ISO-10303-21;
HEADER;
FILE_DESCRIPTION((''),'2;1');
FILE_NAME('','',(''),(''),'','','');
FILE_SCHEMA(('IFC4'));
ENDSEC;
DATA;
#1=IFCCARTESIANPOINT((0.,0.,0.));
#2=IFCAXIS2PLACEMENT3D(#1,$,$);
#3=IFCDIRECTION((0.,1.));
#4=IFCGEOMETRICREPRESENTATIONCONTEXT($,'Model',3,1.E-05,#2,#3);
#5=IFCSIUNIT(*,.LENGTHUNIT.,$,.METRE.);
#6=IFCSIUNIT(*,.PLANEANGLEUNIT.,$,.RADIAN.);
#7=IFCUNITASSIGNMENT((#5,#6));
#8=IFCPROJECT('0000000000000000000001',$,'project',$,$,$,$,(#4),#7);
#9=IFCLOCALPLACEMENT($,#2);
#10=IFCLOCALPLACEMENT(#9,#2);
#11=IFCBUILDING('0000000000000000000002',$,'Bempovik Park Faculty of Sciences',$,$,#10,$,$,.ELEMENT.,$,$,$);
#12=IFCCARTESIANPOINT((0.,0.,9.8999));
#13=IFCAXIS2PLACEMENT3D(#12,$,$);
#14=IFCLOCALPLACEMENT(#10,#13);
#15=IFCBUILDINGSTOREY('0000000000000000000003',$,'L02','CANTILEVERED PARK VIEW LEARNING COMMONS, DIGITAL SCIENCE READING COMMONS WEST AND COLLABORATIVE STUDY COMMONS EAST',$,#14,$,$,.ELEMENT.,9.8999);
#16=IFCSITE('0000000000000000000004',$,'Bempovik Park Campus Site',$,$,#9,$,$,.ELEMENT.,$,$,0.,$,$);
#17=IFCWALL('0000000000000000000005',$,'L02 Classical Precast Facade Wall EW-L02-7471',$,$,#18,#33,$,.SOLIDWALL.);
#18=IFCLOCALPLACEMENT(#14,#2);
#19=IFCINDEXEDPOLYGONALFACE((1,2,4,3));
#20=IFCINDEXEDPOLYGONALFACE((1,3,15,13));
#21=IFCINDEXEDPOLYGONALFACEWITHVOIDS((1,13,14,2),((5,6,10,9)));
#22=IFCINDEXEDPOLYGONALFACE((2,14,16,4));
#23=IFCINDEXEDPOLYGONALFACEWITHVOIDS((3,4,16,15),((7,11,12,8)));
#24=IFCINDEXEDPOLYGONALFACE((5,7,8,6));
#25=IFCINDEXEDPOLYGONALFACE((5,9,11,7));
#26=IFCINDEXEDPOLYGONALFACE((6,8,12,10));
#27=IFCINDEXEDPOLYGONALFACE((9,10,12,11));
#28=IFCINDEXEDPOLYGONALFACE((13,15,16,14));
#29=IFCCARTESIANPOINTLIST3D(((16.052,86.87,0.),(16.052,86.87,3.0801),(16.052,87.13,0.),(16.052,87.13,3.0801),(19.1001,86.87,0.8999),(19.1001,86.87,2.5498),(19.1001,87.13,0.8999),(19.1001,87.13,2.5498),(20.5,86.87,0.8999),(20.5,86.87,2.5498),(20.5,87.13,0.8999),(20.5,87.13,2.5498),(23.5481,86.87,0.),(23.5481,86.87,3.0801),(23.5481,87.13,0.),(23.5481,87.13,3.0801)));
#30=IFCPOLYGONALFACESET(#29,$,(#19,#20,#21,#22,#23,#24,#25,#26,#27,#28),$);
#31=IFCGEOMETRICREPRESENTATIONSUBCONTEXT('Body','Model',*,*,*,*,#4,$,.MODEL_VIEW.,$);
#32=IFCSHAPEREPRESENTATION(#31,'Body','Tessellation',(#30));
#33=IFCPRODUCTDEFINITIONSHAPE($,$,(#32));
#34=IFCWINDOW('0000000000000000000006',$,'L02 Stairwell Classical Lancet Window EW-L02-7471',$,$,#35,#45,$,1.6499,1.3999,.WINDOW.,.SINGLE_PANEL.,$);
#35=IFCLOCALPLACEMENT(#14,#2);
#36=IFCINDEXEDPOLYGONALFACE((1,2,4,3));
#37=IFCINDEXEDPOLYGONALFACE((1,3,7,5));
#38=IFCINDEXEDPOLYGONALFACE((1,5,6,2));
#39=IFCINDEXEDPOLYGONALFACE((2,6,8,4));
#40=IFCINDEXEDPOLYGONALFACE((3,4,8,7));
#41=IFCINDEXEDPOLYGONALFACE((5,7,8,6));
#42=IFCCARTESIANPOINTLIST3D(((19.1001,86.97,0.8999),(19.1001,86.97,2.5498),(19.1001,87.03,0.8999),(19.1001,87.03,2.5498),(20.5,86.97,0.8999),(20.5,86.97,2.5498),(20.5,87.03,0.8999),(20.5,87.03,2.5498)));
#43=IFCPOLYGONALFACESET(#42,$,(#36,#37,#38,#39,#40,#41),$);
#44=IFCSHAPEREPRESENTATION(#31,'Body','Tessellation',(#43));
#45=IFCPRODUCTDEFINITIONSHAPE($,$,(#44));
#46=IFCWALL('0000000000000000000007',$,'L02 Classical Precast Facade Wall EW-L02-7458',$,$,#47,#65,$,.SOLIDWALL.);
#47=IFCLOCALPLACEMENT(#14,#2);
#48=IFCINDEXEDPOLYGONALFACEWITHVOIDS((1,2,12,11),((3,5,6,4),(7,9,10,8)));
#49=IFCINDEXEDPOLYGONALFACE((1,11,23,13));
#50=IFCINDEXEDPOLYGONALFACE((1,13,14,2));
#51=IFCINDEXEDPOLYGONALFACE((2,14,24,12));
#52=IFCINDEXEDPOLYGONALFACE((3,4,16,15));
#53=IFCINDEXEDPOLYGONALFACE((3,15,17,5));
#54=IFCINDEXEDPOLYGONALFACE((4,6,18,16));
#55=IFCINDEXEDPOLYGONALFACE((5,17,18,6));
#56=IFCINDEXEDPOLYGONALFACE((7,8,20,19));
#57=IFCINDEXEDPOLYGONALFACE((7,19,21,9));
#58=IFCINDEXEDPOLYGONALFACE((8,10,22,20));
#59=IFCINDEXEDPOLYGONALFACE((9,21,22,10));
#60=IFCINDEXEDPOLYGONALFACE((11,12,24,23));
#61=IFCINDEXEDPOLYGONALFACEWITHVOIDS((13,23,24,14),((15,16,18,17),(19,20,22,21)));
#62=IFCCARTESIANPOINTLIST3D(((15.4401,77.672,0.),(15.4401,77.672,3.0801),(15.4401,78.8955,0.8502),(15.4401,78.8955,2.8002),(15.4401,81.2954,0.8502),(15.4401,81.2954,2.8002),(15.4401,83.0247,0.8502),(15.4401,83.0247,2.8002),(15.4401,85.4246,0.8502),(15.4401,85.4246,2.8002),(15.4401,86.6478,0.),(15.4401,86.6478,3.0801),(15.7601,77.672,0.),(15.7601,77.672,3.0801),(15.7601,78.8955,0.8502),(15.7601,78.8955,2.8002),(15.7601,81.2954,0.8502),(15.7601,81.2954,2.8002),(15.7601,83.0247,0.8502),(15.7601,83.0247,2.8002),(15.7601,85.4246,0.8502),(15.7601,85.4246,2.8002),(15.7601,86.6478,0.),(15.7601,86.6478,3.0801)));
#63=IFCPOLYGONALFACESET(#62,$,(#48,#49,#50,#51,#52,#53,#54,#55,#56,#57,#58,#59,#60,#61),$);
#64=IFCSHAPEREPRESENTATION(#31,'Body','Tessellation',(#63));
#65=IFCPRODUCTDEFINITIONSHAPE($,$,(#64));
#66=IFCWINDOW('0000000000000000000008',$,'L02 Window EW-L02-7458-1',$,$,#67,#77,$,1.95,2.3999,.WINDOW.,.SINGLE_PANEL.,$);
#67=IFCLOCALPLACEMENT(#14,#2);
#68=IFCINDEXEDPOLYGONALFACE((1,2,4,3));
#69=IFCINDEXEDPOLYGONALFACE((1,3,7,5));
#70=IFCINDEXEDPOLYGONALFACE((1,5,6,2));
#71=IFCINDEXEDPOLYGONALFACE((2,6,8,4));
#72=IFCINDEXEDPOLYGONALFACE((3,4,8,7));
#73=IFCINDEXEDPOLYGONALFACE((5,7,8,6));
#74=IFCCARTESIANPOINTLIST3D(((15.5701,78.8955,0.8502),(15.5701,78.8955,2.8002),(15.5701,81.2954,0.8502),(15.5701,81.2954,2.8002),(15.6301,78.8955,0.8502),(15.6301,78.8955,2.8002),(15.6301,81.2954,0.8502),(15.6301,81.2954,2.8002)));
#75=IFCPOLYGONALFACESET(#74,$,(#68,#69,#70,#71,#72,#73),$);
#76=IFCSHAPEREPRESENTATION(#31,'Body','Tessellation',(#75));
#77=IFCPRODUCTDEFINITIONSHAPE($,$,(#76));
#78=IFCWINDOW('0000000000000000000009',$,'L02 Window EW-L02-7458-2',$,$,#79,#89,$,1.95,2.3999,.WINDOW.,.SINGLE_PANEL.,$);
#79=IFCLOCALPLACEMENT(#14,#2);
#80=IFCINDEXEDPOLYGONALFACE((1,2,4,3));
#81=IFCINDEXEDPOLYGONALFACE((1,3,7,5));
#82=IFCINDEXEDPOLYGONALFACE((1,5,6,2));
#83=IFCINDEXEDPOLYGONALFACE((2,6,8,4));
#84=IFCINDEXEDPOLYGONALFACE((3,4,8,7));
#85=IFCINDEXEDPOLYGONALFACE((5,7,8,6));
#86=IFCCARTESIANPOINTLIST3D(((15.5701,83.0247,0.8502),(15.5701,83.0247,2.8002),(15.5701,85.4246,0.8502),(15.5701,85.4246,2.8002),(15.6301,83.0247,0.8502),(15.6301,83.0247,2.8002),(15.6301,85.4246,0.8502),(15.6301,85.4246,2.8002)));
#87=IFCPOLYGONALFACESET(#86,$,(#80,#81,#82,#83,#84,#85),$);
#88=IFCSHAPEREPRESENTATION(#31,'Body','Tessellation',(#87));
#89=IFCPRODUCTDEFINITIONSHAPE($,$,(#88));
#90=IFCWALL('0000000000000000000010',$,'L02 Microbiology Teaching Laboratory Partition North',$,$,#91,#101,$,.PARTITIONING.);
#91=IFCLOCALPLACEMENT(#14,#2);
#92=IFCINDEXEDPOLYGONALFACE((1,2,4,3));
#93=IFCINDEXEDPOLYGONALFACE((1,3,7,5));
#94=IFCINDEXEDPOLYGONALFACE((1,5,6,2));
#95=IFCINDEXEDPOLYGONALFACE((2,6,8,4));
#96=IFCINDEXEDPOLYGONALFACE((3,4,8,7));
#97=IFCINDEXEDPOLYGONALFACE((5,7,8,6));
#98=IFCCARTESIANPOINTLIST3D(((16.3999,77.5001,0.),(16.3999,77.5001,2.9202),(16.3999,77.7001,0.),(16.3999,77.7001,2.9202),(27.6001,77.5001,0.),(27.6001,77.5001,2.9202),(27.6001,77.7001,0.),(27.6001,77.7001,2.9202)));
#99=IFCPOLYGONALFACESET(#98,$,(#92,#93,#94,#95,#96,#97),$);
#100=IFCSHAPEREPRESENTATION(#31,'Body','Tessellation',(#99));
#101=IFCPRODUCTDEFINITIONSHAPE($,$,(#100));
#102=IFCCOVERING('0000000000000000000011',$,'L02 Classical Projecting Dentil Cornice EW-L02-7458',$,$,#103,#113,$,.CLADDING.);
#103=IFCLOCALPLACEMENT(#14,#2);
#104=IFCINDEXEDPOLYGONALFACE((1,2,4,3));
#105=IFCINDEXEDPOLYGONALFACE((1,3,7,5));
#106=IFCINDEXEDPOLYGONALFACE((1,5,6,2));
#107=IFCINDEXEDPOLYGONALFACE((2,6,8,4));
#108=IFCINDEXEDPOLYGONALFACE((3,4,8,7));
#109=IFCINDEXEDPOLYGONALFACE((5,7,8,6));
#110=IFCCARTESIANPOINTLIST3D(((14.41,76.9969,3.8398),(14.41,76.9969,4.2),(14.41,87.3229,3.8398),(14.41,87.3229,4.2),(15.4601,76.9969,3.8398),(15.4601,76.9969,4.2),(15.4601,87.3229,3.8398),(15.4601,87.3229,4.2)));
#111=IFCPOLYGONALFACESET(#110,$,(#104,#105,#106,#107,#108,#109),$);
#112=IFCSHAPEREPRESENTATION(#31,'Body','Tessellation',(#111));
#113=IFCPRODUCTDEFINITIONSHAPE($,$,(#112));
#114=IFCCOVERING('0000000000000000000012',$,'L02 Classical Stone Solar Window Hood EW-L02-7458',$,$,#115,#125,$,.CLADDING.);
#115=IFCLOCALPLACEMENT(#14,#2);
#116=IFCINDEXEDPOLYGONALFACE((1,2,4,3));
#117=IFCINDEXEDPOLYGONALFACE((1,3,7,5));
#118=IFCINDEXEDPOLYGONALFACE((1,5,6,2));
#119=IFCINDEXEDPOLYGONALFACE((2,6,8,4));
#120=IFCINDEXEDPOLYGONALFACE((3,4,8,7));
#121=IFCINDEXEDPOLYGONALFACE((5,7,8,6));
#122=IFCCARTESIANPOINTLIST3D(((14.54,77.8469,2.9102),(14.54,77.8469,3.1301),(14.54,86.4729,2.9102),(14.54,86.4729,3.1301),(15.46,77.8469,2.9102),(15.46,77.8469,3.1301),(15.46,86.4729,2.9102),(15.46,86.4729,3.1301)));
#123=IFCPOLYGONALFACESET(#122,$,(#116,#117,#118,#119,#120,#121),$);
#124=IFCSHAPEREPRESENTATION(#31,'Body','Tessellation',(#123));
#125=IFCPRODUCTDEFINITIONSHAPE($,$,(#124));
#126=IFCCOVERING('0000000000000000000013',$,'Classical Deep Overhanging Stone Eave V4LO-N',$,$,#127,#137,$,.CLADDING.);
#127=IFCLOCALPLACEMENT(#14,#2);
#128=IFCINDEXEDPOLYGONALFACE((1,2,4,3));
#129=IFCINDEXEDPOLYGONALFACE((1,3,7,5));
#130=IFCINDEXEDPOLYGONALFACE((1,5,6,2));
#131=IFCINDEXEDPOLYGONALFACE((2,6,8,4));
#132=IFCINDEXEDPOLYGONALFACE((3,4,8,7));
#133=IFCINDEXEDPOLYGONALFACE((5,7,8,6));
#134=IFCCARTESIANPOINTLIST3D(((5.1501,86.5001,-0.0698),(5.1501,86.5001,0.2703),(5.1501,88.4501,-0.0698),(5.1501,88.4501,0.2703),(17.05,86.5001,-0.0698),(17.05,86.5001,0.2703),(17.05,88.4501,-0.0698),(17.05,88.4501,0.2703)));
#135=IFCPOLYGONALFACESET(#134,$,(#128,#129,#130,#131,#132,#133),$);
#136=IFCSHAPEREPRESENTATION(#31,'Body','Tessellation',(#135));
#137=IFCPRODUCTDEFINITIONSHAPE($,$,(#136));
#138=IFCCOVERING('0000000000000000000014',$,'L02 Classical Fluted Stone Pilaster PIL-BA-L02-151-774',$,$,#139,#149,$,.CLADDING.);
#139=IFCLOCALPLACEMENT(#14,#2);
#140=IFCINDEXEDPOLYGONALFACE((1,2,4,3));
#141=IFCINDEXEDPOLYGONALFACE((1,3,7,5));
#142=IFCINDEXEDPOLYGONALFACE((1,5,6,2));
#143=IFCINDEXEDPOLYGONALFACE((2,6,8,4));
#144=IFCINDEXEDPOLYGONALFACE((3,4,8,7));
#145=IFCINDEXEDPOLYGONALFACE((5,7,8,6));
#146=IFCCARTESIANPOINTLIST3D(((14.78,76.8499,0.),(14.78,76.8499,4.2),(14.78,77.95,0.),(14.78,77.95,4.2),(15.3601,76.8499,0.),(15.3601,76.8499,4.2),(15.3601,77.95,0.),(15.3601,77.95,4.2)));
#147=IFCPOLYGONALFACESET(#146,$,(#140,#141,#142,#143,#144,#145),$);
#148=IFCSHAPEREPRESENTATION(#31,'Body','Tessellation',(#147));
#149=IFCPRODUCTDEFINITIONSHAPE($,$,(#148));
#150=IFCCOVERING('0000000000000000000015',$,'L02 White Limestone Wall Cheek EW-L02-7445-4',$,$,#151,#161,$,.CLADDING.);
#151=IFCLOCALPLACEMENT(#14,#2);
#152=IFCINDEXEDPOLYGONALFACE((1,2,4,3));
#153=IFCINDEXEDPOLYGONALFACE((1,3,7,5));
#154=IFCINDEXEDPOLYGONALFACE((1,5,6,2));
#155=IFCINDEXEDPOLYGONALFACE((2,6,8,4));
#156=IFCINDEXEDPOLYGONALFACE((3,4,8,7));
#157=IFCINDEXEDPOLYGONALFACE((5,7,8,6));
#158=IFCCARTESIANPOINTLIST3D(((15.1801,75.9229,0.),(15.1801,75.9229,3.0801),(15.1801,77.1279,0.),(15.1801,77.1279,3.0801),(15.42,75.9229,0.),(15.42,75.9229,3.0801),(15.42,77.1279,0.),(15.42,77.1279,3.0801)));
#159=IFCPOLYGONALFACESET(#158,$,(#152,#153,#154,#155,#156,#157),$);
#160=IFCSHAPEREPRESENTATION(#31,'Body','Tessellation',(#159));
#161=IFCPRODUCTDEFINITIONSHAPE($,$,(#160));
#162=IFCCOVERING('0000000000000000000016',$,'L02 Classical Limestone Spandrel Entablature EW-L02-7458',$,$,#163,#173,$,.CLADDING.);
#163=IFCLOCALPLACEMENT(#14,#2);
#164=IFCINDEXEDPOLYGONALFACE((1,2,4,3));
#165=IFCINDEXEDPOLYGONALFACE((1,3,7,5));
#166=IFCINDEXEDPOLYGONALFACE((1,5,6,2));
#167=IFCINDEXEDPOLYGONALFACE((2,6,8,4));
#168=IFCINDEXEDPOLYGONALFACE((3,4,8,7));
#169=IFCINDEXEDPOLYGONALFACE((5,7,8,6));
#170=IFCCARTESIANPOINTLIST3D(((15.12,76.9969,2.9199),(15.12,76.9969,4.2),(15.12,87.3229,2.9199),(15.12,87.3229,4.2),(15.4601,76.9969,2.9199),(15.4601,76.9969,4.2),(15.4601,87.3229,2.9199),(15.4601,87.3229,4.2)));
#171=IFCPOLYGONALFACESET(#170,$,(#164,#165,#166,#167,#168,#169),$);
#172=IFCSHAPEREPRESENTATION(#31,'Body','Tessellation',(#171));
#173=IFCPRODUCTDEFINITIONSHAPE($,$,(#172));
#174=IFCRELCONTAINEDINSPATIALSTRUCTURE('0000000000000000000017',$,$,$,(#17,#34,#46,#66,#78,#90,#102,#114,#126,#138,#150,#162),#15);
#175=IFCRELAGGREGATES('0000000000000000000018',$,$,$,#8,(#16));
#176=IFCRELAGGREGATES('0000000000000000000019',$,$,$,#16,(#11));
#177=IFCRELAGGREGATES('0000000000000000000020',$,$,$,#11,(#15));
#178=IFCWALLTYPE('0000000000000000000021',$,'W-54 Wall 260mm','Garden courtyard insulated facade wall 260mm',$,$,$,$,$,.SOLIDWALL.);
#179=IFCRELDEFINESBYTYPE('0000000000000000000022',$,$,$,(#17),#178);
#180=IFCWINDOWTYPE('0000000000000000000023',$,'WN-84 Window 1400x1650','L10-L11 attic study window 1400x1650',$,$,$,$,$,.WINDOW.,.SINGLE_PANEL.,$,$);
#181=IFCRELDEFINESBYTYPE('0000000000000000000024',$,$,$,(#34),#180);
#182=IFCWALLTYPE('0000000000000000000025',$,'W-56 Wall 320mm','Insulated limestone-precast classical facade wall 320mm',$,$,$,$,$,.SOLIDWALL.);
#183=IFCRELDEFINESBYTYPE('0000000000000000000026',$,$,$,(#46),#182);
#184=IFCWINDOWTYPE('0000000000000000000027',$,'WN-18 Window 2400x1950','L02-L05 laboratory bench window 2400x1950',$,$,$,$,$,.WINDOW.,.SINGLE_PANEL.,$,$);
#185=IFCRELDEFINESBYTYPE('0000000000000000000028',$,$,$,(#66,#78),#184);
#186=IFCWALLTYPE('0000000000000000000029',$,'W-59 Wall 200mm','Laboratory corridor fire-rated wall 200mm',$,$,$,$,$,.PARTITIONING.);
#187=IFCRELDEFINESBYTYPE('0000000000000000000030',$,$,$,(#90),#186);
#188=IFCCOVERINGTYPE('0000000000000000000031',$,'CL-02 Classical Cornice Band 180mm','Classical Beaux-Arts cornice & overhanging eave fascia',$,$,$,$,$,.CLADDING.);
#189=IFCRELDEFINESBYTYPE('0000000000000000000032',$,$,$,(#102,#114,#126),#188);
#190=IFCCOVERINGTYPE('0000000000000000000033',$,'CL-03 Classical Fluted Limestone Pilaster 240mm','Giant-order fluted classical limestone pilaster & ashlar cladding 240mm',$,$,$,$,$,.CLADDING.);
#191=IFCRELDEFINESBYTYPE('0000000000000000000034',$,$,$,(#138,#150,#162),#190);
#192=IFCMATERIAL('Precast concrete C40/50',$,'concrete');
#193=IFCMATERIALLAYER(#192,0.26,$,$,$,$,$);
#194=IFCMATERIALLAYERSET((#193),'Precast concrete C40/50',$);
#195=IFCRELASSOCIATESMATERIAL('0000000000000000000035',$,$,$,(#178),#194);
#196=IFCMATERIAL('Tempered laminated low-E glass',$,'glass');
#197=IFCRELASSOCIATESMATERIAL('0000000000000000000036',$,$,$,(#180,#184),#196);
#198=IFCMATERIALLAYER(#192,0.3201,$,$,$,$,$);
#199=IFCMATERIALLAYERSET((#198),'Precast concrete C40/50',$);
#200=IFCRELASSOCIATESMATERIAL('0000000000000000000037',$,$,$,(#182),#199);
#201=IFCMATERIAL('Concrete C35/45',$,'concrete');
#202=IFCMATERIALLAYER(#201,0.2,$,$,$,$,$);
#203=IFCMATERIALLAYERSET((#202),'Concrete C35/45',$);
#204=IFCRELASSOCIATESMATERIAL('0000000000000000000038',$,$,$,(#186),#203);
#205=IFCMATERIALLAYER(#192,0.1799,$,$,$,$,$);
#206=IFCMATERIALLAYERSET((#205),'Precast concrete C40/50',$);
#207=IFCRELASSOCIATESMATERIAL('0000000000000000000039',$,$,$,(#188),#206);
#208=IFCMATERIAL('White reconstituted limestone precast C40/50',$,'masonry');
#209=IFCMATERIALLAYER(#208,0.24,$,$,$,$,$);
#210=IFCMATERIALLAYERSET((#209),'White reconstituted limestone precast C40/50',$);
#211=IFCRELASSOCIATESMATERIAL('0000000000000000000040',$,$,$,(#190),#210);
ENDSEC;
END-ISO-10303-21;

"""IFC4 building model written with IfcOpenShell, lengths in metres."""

from ifc_helpers import new_model, si_unit, direction, frame, frame_2d, origin, origin_2d, place, context, subcontext, project, spatial, rectangle, extrude, material, layer, layer_set, type_object, element, fill, save


model = new_model("IFC4")

# Units and contexts
model_context = context("Model", 3, precision=1e-05, world=origin(), true_north=direction((0.0, 1.0)))
body_context = subcontext(model_context, "Body", "Model", "MODEL_VIEW")
ifc_project = project(units=[si_unit("LENGTHUNIT", "METRE"), si_unit("PLANEANGLEUNIT", "RADIAN")], contexts=[model_context])

# Site, building, storey
site_placement = place(None, origin())
site = spatial("IfcSite", under=ifc_project, at=site_placement, Name="Bempovik Park Campus Site", CompositionType="ELEMENT", RefElevation=0.0)
building_placement = place(site_placement, origin())
building = spatial("IfcBuilding", under=site, at=building_placement, Name="Bempovik Park Faculty of Sciences", CompositionType="ELEMENT")
storey_placement = place(building_placement, frame((0.0, 0.0, 9.8999)))
storey = spatial("IfcBuildingStorey", under=building, at=storey_placement, Name="L02", Description="CANTILEVERED PARK VIEW LEARNING COMMONS, DIGITAL SCIENCE READING COMMONS WEST AND COLLABORATIVE STUDY COMMONS EAST", CompositionType="ELEMENT", Elevation=9.8999)

# Shared definitions
ifc_material_1 = material(Name="Concrete C35/45", Category="concrete")

# Wall, opening, window
ifc_material_2 = material(Name="Precast concrete C40/50", Category="concrete")
ifc_layer_1 = layer(ifc_material_2, 0.26)
ifc_layer_set_1 = layer_set([ifc_layer_1], Name="Precast concrete C40/50")
wall_type_1 = type_object("IfcWallType", Name="W-54 Wall 260mm", Description="Garden courtyard insulated facade wall 260mm", PredefinedType="SOLIDWALL", material=ifc_layer_set_1)
wall_1_placement = place(storey_placement, frame((16.052, 87.0, 0.0), z_axis=(0.0, 0.0, 1.0), x_axis=(1.0, 0.0, 0.0)))
wall_1 = element("IfcWall", 1, at=wall_1_placement, inside=storey, type_object=wall_type_1, Name="L02 Classical Precast Facade Wall EW-L02-7471", PredefinedType="SOLIDWALL", context=body_context, shape_type="SweptSolid", body=[
    extrude(rectangle(XDim=7.4961, YDim=0.26, at=frame_2d((3.748, 0.0))), origin(), (0.0, 0.0, 1.0), 3.0801),
])
opening_1_placement = place(wall_1_placement, frame((3.0481, 0.0, 0.8999)))
opening_1 = element("IfcOpeningElement", 2, at=opening_1_placement, cuts=wall_1, PredefinedType="OPENING", context=body_context, shape_type="SweptSolid", body=[
    extrude(rectangle(XDim=1.3999, YDim=1.6499, at=frame_2d((0.7, 0.825))), frame((0.0, 0.1401, 0.0), z_axis=(0.0, -1.0, 0.0), x_axis=(1.0, 0.0, 0.0)), (0.0, 0.0, 1.0), 0.28),
])
ifc_material_3 = material(Name="Tempered laminated low-E glass", Category="glass")
window_type_1 = type_object("IfcWindowType", Name="WN-84 Window 1400x1650", Description="L10-L11 attic study window 1400x1650", PartitioningType="SINGLE_PANEL", PredefinedType="WINDOW", material=ifc_material_3)
window_1_placement = place(opening_1_placement, origin())
window_1 = element("IfcWindow", 3, at=window_1_placement, inside=storey, type_object=window_type_1, Name="L02 Stairwell Classical Lancet Window EW-L02-7471", OverallHeight=1.6499, OverallWidth=1.3999, PartitioningType="SINGLE_PANEL", PredefinedType="WINDOW", context=body_context, shape_type="SweptSolid", body=[
    extrude(rectangle(XDim=1.3999, YDim=1.6499, at=frame_2d((0.7, 0.825))), frame((0.0, 0.03, 0.0), z_axis=(0.0, -1.0, 0.0), x_axis=(1.0, 0.0, 0.0)), (0.0, 0.0, 1.0), 0.0601),
])
fill(opening_1, window_1)

# Wall, openings, windows
ifc_layer_2 = layer(ifc_material_2, 0.3201)
ifc_layer_set_2 = layer_set([ifc_layer_2], Name="Precast concrete C40/50")
wall_type_2 = type_object("IfcWallType", Name="W-56 Wall 320mm", Description="Insulated limestone-precast classical facade wall 320mm", PredefinedType="SOLIDWALL", material=ifc_layer_set_2)
wall_2_placement = place(storey_placement, frame((15.6001, 77.6721, 0.0), z_axis=(0.0, 0.0, 1.0), x_axis=(0.0, 1.0, 0.0)))
wall_2 = element("IfcWall", 4, at=wall_2_placement, inside=storey, type_object=wall_type_2, Name="L02 Classical Precast Facade Wall EW-L02-7458", PredefinedType="SOLIDWALL", context=body_context, shape_type="SweptSolid", body=[
    extrude(rectangle(XDim=8.9758, YDim=0.3201, at=frame_2d((4.4878, 0.0))), origin(), (0.0, 0.0, 1.0), 3.0801),
])
opening_2_placement = place(wall_2_placement, frame((1.2234, 0.0, 0.8501)))
opening_2 = element("IfcOpeningElement", 5, at=opening_2_placement, cuts=wall_2, PredefinedType="OPENING", context=body_context, shape_type="SweptSolid", body=[
    extrude(rectangle(XDim=2.3999, YDim=1.95, at=frame_2d((1.2, 0.9751))), frame((0.0, 0.1699, 0.0), z_axis=(0.0, -1.0, 0.0), x_axis=(1.0, 0.0, 0.0)), (0.0, 0.0, 1.0), 0.3401),
])
opening_3_placement = place(wall_2_placement, frame((5.3525, 0.0, 0.8501)))
opening_3 = element("IfcOpeningElement", 6, at=opening_3_placement, cuts=wall_2, PredefinedType="OPENING", context=body_context, shape_type="SweptSolid", body=[
    extrude(rectangle(XDim=2.3999, YDim=1.95, at=frame_2d((1.2, 0.9751))), frame((0.0, 0.1699, 0.0), z_axis=(0.0, -1.0, 0.0), x_axis=(1.0, 0.0, 0.0)), (0.0, 0.0, 1.0), 0.3401),
])
window_type_2 = type_object("IfcWindowType", Name="WN-18 Window 2400x1950", Description="L02-L05 laboratory bench window 2400x1950", PartitioningType="SINGLE_PANEL", PredefinedType="WINDOW", material=ifc_material_3)
window_2_placement = place(opening_2_placement, origin())
window_2 = element("IfcWindow", 7, at=window_2_placement, inside=storey, type_object=window_type_2, Name="L02 Window EW-L02-7458-1", OverallHeight=1.95, OverallWidth=2.3999, PartitioningType="SINGLE_PANEL", PredefinedType="WINDOW", context=body_context, shape_type="SweptSolid", body=[
    extrude(rectangle(XDim=2.3999, YDim=1.95, at=frame_2d((1.2, 0.9751))), frame((0.0, 0.03, 0.0), z_axis=(0.0, -1.0, 0.0), x_axis=(1.0, 0.0, 0.0)), (0.0, 0.0, 1.0), 0.0601),
])
fill(opening_2, window_2)
window_3_placement = place(opening_3_placement, origin())
window_3 = element("IfcWindow", 8, at=window_3_placement, inside=storey, type_object=window_type_2, Name="L02 Window EW-L02-7458-2", OverallHeight=1.95, OverallWidth=2.3999, PartitioningType="SINGLE_PANEL", PredefinedType="WINDOW", context=body_context, shape_type="SweptSolid", body=[
    extrude(rectangle(XDim=2.3999, YDim=1.95, at=frame_2d((1.2, 0.9751))), frame((0.0, 0.03, 0.0), z_axis=(0.0, -1.0, 0.0), x_axis=(1.0, 0.0, 0.0)), (0.0, 0.0, 1.0), 0.0601),
])
fill(opening_3, window_3)

# Wall
ifc_layer_3 = layer(ifc_material_1, 0.2)
ifc_layer_set_3 = layer_set([ifc_layer_3], Name="Concrete C35/45")
wall_type_3 = type_object("IfcWallType", Name="W-59 Wall 200mm", Description="Laboratory corridor fire-rated wall 200mm", PredefinedType="PARTITIONING", material=ifc_layer_set_3)
wall_3_placement = place(storey_placement, frame((16.3999, 77.6001, 0.0), z_axis=(0.0, 0.0, 1.0), x_axis=(1.0, 0.0, 0.0)))
element("IfcWall", 9, at=wall_3_placement, inside=storey, type_object=wall_type_3, Name="L02 Microbiology Teaching Laboratory Partition North", PredefinedType="PARTITIONING", context=body_context, shape_type="SweptSolid", body=[
    extrude(rectangle(XDim=11.2002, YDim=0.2, at=frame_2d((5.6001, 0.0))), origin(), (0.0, 0.0, 1.0), 2.9202),
])

# Coverings
ifc_layer_4 = layer(ifc_material_2, 0.1799)
ifc_layer_set_4 = layer_set([ifc_layer_4], Name="Precast concrete C40/50")
covering_type_1 = type_object("IfcCoveringType", Name="CL-02 Classical Cornice Band 180mm", Description="Classical Beaux-Arts cornice & overhanging eave fascia", PredefinedType="CLADDING", material=ifc_layer_set_4)
covering_1_placement = place(storey_placement, frame((14.9351, 82.1599, 3.8398), z_axis=(0.0, 0.0, 1.0), x_axis=(1.0, 0.0, 0.0)))
element("IfcCovering", 10, at=covering_1_placement, inside=storey, type_object=covering_type_1, Name="L02 Classical Projecting Dentil Cornice EW-L02-7458", PredefinedType="CLADDING", context=body_context, shape_type="SweptSolid", body=[
    extrude(rectangle(XDim=1.05, YDim=10.3259, at=origin_2d()), origin(), (0.0, 0.0, 1.0), 0.3601),
])
covering_2_placement = place(storey_placement, frame((15.0, 82.1599, 2.9102), z_axis=(0.0, 0.0, 1.0), x_axis=(1.0, 0.0, 0.0)))
element("IfcCovering", 11, at=covering_2_placement, inside=storey, type_object=covering_type_1, Name="L02 Classical Stone Solar Window Hood EW-L02-7458", PredefinedType="CLADDING", context=body_context, shape_type="SweptSolid", body=[
    extrude(rectangle(XDim=0.9199, YDim=8.626, at=origin_2d()), origin(), (0.0, 0.0, 1.0), 0.22),
])
covering_3_placement = place(storey_placement, frame((11.1001, 87.4751, -0.0698), z_axis=(0.0, 0.0, 1.0), x_axis=(1.0, 0.0, 0.0)))
element("IfcCovering", 12, at=covering_3_placement, inside=storey, type_object=covering_type_1, Name="Classical Deep Overhanging Stone Eave V4LO-N", PredefinedType="CLADDING", context=body_context, shape_type="SweptSolid", body=[
    extrude(rectangle(XDim=11.8999, YDim=1.95, at=origin_2d()), origin(), (0.0, 0.0, 1.0), 0.3401),
])
ifc_material_4 = material(Name="White reconstituted limestone precast C40/50", Category="masonry")
ifc_layer_5 = layer(ifc_material_4, 0.24)
ifc_layer_set_5 = layer_set([ifc_layer_5], Name="White reconstituted limestone precast C40/50")
covering_type_2 = type_object("IfcCoveringType", Name="CL-03 Classical Fluted Limestone Pilaster 240mm", Description="Giant-order fluted classical limestone pilaster & ashlar cladding 240mm", PredefinedType="CLADDING", material=ifc_layer_set_5)
covering_4_placement = place(storey_placement, frame((15.0701, 77.3999, 0.0), z_axis=(0.0, 0.0, 1.0), x_axis=(1.0, 0.0, 0.0)))
element("IfcCovering", 13, at=covering_4_placement, inside=storey, type_object=covering_type_2, Name="L02 Classical Fluted Stone Pilaster PIL-BA-L02-151-774", PredefinedType="CLADDING", context=body_context, shape_type="SweptSolid", body=[
    extrude(rectangle(XDim=0.5801, YDim=1.1001, at=origin_2d()), origin(), (0.0, 0.0, 1.0), 4.2),
])
covering_5_placement = place(storey_placement, frame((15.3, 76.5254, 0.0), z_axis=(0.0, 0.0, 1.0), x_axis=(1.0, 0.0, 0.0)))
element("IfcCovering", 14, at=covering_5_placement, inside=storey, type_object=covering_type_2, Name="L02 White Limestone Wall Cheek EW-L02-7445-4", PredefinedType="CLADDING", context=body_context, shape_type="SweptSolid", body=[
    extrude(rectangle(XDim=0.24, YDim=1.2051, at=origin_2d()), origin(), (0.0, 0.0, 1.0), 3.0801),
])
covering_6_placement = place(storey_placement, frame((15.29, 82.1599, 2.9199), z_axis=(0.0, 0.0, 1.0), x_axis=(1.0, 0.0, 0.0)))
element("IfcCovering", 15, at=covering_6_placement, inside=storey, type_object=covering_type_2, Name="L02 Classical Limestone Spandrel Entablature EW-L02-7458", PredefinedType="CLADDING", context=body_context, shape_type="SweptSolid", body=[
    extrude(rectangle(XDim=0.3401, YDim=10.3259, at=origin_2d()), origin(), (0.0, 0.0, 1.0), 1.28),
])

save(model, "model.ifc")
